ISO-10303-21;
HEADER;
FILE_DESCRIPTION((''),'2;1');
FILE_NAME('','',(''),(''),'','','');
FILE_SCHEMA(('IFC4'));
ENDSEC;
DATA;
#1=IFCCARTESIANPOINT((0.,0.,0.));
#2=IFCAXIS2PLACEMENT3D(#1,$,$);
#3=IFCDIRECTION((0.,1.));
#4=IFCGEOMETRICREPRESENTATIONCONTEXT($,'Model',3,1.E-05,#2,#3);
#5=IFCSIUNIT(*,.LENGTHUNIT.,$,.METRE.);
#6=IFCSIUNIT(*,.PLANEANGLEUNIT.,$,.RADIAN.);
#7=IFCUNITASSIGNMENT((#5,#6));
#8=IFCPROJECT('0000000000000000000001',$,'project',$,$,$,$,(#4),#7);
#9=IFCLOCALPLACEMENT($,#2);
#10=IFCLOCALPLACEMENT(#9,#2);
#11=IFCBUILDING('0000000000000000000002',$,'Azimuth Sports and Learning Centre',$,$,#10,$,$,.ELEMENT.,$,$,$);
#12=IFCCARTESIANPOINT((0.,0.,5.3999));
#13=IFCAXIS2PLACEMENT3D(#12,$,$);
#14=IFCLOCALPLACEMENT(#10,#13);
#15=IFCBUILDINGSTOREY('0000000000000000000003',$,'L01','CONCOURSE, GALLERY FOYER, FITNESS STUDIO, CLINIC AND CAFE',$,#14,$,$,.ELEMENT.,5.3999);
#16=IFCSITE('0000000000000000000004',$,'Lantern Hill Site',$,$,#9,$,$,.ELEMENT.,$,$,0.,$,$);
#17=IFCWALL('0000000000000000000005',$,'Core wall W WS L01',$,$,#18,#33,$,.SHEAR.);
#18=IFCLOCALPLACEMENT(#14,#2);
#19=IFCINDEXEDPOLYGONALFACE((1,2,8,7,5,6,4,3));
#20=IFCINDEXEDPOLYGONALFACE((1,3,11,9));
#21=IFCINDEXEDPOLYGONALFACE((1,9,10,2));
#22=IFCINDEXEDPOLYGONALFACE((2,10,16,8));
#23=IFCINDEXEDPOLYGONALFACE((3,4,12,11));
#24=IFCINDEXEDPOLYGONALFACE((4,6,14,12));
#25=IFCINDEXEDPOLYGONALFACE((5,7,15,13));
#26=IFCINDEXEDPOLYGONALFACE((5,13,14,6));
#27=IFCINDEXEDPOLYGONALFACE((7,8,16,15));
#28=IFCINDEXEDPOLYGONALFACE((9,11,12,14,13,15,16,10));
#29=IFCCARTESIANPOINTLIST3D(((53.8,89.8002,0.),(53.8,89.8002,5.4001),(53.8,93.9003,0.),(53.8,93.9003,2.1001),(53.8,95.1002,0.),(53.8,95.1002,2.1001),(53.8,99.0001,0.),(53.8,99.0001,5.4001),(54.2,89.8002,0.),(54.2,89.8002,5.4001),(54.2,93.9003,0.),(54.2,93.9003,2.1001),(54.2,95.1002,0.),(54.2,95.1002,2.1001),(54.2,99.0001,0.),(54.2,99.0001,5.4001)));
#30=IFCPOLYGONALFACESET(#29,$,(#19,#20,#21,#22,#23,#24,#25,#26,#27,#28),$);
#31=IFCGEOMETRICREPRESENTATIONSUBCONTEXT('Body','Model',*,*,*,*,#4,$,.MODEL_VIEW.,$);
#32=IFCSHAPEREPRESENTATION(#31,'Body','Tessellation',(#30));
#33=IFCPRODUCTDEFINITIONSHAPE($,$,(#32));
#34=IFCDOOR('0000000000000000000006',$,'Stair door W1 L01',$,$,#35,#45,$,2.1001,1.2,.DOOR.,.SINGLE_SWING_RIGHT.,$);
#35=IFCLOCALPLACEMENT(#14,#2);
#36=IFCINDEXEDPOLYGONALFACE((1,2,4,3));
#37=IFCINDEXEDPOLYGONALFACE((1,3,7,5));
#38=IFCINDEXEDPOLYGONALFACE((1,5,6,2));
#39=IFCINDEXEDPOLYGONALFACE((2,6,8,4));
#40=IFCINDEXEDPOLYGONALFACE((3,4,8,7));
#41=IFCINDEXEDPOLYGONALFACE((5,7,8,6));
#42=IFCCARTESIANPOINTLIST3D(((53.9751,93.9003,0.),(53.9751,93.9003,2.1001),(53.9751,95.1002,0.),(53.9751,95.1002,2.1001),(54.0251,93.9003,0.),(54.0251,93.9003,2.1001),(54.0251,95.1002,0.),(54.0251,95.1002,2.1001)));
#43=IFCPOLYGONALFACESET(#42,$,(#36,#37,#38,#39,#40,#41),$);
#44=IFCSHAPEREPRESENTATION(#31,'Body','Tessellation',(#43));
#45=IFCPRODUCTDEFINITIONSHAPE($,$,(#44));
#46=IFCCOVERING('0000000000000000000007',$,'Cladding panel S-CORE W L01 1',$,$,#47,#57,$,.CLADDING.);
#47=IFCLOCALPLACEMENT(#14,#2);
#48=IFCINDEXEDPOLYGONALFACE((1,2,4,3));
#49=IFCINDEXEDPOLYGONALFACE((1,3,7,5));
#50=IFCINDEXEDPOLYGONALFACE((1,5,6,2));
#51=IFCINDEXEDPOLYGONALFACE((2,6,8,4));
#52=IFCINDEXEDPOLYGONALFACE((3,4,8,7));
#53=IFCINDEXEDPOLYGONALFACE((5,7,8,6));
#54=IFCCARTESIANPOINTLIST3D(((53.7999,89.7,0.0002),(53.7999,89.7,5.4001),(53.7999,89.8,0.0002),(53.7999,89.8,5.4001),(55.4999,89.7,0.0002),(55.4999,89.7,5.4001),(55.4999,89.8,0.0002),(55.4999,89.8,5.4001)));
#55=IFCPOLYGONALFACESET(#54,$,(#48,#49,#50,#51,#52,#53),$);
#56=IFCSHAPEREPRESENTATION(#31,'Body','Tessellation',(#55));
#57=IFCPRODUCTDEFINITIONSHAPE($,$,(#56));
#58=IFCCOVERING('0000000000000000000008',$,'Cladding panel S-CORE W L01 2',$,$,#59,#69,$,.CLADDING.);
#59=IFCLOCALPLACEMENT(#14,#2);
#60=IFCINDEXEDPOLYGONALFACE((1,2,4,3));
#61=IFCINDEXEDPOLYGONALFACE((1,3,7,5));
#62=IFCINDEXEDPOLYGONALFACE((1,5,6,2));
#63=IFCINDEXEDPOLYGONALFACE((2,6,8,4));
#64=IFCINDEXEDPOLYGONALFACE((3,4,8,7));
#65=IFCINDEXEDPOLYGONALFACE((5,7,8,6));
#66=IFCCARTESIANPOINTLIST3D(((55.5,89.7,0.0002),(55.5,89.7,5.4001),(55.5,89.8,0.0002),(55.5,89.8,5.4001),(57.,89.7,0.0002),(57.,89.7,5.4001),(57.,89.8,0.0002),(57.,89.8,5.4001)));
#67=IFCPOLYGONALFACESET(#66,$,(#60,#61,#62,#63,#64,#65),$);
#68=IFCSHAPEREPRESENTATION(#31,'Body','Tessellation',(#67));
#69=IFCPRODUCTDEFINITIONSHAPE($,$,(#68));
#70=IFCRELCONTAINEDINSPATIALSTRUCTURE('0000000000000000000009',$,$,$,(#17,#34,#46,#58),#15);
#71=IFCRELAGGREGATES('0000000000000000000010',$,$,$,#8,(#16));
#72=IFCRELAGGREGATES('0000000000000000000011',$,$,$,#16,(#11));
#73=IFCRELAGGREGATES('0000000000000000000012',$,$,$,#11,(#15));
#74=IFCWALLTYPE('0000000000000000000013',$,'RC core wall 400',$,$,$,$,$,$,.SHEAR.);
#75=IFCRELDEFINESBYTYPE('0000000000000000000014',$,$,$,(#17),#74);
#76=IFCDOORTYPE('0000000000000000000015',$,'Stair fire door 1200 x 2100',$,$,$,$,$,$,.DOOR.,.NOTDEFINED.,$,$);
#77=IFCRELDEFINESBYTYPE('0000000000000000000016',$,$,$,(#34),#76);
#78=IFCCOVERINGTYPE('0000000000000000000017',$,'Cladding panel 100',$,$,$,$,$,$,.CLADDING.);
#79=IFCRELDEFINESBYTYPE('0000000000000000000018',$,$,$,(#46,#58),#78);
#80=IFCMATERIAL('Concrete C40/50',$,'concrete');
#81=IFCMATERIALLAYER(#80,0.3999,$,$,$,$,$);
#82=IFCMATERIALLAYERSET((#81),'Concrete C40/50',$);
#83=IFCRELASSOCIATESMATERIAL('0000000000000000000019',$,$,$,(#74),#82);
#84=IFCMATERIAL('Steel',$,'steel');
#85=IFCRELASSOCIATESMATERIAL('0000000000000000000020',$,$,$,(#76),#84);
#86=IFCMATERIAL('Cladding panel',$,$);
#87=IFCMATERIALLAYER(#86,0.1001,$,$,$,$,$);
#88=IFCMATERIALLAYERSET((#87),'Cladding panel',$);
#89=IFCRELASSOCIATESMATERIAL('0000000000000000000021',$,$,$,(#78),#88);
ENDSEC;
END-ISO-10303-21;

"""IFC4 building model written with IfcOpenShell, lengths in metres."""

from ifc_helpers import new_model, si_unit, direction, frame, frame_2d, origin, origin_2d, place, context, subcontext, project, spatial, rectangle, extrude, material, layer, layer_set, type_object, element, fill, save


model = new_model("IFC4")

# Units and contexts
model_context = context("Model", 3, precision=1e-05, world=origin(), true_north=direction((0.0, 1.0)))
body_context = subcontext(model_context, "Body", "Model", "MODEL_VIEW")
ifc_project = project(units=[si_unit("LENGTHUNIT", "METRE"), si_unit("PLANEANGLEUNIT", "RADIAN")], contexts=[model_context])

# Site, building, storey
site_placement = place(None, origin())
site = spatial("IfcSite", under=ifc_project, at=site_placement, Name="Lantern Hill Site", CompositionType="ELEMENT", RefElevation=0.0)
building_placement = place(site_placement, origin())
building = spatial("IfcBuilding", under=site, at=building_placement, Name="Azimuth Sports and Learning Centre", CompositionType="ELEMENT")
storey_placement = place(building_placement, frame((0.0, 0.0, 5.3999)))
storey = spatial("IfcBuildingStorey", under=building, at=storey_placement, Name="L01", Description="CONCOURSE, GALLERY FOYER, FITNESS STUDIO, CLINIC AND CAFE", CompositionType="ELEMENT", Elevation=5.3999)

# Wall, opening, door
ifc_material_1 = material(Name="Concrete C40/50", Category="concrete")
ifc_layer_1 = layer(ifc_material_1, 0.3999)
ifc_layer_set_1 = layer_set([ifc_layer_1], Name="Concrete C40/50")
wall_type_1 = type_object("IfcWallType", Name="RC core wall 400", PredefinedType="SHEAR", material=ifc_layer_set_1)
wall_1_placement = place(storey_placement, frame((54.0, 89.8, 0.0), z_axis=(0.0, 0.0, 1.0), x_axis=(0.0, 1.0, 0.0)))
wall_1 = element("IfcWall", 1, at=wall_1_placement, inside=storey, type_object=wall_type_1, Name="Core wall W WS L01", PredefinedType="SHEAR", context=body_context, shape_type="SweptSolid", body=[
    extrude(rectangle(XDim=9.2, YDim=0.3999, at=frame_2d((4.6001, 0.0))), origin(), (0.0, 0.0, 1.0), 5.4001),
])
opening_placement = place(wall_1_placement, frame((4.1001, 0.0, 0.0)))
opening = element("IfcOpeningElement", 2, at=opening_placement, cuts=wall_1, PredefinedType="OPENING", context=body_context, shape_type="SweptSolid", body=[
    extrude(rectangle(XDim=1.2, YDim=2.1001, at=frame_2d((0.6001, 1.05))), frame((0.0, 0.2109, 0.0), z_axis=(0.0, -1.0, 0.0), x_axis=(1.0, 0.0, 0.0)), (0.0, 0.0, 1.0), 0.4219),
])
ifc_material_2 = material(Name="Steel", Category="steel")
door_type = type_object("IfcDoorType", Name="Stair fire door 1200 x 2100", OperationType="NOTDEFINED", PredefinedType="DOOR", material=ifc_material_2)
door_placement = place(opening_placement, origin())
door = element("IfcDoor", 3, at=door_placement, inside=storey, type_object=door_type, Name="Stair door W1 L01", OperationType="SINGLE_SWING_RIGHT", OverallHeight=2.1001, OverallWidth=1.2, PredefinedType="DOOR", context=body_context, shape_type="SweptSolid", body=[
    extrude(rectangle(XDim=1.2, YDim=2.1001, at=frame_2d((0.6001, 1.05))), frame((0.0, 0.0249, 0.0), z_axis=(0.0, -1.0, 0.0), x_axis=(1.0, 0.0, 0.0)), (0.0, 0.0, 1.0), 0.05),
])
fill(opening, door)

# Coverings
ifc_material_3 = material(Name="Cladding panel")
ifc_layer_2 = layer(ifc_material_3, 0.1001)
ifc_layer_set_2 = layer_set([ifc_layer_2], Name="Cladding panel")
covering_type = type_object("IfcCoveringType", Name="Cladding panel 100", PredefinedType="CLADDING", material=ifc_layer_set_2)
covering_1_placement = place(storey_placement, frame((54.6499, 89.75, 0.0002), z_axis=(0.0, 0.0, 1.0), x_axis=(1.0, 0.0, 0.0)))
element("IfcCovering", 4, at=covering_1_placement, inside=storey, type_object=covering_type, Name="Cladding panel S-CORE W L01 1", PredefinedType="CLADDING", context=body_context, shape_type="SweptSolid", body=[
    extrude(rectangle(XDim=1.7, YDim=0.1001, at=origin_2d()), origin(), (0.0, 0.0, 1.0), 5.3999),
])
covering_2_placement = place(storey_placement, frame((56.25, 89.75, 0.0002), z_axis=(0.0, 0.0, 1.0), x_axis=(1.0, 0.0, 0.0)))
element("IfcCovering", 5, at=covering_2_placement, inside=storey, type_object=covering_type, Name="Cladding panel S-CORE W L01 2", PredefinedType="CLADDING", context=body_context, shape_type="SweptSolid", body=[
    extrude(rectangle(XDim=1.5, YDim=0.1001, at=origin_2d()), origin(), (0.0, 0.0, 1.0), 5.3999),
])

save(model, "model.ifc")
